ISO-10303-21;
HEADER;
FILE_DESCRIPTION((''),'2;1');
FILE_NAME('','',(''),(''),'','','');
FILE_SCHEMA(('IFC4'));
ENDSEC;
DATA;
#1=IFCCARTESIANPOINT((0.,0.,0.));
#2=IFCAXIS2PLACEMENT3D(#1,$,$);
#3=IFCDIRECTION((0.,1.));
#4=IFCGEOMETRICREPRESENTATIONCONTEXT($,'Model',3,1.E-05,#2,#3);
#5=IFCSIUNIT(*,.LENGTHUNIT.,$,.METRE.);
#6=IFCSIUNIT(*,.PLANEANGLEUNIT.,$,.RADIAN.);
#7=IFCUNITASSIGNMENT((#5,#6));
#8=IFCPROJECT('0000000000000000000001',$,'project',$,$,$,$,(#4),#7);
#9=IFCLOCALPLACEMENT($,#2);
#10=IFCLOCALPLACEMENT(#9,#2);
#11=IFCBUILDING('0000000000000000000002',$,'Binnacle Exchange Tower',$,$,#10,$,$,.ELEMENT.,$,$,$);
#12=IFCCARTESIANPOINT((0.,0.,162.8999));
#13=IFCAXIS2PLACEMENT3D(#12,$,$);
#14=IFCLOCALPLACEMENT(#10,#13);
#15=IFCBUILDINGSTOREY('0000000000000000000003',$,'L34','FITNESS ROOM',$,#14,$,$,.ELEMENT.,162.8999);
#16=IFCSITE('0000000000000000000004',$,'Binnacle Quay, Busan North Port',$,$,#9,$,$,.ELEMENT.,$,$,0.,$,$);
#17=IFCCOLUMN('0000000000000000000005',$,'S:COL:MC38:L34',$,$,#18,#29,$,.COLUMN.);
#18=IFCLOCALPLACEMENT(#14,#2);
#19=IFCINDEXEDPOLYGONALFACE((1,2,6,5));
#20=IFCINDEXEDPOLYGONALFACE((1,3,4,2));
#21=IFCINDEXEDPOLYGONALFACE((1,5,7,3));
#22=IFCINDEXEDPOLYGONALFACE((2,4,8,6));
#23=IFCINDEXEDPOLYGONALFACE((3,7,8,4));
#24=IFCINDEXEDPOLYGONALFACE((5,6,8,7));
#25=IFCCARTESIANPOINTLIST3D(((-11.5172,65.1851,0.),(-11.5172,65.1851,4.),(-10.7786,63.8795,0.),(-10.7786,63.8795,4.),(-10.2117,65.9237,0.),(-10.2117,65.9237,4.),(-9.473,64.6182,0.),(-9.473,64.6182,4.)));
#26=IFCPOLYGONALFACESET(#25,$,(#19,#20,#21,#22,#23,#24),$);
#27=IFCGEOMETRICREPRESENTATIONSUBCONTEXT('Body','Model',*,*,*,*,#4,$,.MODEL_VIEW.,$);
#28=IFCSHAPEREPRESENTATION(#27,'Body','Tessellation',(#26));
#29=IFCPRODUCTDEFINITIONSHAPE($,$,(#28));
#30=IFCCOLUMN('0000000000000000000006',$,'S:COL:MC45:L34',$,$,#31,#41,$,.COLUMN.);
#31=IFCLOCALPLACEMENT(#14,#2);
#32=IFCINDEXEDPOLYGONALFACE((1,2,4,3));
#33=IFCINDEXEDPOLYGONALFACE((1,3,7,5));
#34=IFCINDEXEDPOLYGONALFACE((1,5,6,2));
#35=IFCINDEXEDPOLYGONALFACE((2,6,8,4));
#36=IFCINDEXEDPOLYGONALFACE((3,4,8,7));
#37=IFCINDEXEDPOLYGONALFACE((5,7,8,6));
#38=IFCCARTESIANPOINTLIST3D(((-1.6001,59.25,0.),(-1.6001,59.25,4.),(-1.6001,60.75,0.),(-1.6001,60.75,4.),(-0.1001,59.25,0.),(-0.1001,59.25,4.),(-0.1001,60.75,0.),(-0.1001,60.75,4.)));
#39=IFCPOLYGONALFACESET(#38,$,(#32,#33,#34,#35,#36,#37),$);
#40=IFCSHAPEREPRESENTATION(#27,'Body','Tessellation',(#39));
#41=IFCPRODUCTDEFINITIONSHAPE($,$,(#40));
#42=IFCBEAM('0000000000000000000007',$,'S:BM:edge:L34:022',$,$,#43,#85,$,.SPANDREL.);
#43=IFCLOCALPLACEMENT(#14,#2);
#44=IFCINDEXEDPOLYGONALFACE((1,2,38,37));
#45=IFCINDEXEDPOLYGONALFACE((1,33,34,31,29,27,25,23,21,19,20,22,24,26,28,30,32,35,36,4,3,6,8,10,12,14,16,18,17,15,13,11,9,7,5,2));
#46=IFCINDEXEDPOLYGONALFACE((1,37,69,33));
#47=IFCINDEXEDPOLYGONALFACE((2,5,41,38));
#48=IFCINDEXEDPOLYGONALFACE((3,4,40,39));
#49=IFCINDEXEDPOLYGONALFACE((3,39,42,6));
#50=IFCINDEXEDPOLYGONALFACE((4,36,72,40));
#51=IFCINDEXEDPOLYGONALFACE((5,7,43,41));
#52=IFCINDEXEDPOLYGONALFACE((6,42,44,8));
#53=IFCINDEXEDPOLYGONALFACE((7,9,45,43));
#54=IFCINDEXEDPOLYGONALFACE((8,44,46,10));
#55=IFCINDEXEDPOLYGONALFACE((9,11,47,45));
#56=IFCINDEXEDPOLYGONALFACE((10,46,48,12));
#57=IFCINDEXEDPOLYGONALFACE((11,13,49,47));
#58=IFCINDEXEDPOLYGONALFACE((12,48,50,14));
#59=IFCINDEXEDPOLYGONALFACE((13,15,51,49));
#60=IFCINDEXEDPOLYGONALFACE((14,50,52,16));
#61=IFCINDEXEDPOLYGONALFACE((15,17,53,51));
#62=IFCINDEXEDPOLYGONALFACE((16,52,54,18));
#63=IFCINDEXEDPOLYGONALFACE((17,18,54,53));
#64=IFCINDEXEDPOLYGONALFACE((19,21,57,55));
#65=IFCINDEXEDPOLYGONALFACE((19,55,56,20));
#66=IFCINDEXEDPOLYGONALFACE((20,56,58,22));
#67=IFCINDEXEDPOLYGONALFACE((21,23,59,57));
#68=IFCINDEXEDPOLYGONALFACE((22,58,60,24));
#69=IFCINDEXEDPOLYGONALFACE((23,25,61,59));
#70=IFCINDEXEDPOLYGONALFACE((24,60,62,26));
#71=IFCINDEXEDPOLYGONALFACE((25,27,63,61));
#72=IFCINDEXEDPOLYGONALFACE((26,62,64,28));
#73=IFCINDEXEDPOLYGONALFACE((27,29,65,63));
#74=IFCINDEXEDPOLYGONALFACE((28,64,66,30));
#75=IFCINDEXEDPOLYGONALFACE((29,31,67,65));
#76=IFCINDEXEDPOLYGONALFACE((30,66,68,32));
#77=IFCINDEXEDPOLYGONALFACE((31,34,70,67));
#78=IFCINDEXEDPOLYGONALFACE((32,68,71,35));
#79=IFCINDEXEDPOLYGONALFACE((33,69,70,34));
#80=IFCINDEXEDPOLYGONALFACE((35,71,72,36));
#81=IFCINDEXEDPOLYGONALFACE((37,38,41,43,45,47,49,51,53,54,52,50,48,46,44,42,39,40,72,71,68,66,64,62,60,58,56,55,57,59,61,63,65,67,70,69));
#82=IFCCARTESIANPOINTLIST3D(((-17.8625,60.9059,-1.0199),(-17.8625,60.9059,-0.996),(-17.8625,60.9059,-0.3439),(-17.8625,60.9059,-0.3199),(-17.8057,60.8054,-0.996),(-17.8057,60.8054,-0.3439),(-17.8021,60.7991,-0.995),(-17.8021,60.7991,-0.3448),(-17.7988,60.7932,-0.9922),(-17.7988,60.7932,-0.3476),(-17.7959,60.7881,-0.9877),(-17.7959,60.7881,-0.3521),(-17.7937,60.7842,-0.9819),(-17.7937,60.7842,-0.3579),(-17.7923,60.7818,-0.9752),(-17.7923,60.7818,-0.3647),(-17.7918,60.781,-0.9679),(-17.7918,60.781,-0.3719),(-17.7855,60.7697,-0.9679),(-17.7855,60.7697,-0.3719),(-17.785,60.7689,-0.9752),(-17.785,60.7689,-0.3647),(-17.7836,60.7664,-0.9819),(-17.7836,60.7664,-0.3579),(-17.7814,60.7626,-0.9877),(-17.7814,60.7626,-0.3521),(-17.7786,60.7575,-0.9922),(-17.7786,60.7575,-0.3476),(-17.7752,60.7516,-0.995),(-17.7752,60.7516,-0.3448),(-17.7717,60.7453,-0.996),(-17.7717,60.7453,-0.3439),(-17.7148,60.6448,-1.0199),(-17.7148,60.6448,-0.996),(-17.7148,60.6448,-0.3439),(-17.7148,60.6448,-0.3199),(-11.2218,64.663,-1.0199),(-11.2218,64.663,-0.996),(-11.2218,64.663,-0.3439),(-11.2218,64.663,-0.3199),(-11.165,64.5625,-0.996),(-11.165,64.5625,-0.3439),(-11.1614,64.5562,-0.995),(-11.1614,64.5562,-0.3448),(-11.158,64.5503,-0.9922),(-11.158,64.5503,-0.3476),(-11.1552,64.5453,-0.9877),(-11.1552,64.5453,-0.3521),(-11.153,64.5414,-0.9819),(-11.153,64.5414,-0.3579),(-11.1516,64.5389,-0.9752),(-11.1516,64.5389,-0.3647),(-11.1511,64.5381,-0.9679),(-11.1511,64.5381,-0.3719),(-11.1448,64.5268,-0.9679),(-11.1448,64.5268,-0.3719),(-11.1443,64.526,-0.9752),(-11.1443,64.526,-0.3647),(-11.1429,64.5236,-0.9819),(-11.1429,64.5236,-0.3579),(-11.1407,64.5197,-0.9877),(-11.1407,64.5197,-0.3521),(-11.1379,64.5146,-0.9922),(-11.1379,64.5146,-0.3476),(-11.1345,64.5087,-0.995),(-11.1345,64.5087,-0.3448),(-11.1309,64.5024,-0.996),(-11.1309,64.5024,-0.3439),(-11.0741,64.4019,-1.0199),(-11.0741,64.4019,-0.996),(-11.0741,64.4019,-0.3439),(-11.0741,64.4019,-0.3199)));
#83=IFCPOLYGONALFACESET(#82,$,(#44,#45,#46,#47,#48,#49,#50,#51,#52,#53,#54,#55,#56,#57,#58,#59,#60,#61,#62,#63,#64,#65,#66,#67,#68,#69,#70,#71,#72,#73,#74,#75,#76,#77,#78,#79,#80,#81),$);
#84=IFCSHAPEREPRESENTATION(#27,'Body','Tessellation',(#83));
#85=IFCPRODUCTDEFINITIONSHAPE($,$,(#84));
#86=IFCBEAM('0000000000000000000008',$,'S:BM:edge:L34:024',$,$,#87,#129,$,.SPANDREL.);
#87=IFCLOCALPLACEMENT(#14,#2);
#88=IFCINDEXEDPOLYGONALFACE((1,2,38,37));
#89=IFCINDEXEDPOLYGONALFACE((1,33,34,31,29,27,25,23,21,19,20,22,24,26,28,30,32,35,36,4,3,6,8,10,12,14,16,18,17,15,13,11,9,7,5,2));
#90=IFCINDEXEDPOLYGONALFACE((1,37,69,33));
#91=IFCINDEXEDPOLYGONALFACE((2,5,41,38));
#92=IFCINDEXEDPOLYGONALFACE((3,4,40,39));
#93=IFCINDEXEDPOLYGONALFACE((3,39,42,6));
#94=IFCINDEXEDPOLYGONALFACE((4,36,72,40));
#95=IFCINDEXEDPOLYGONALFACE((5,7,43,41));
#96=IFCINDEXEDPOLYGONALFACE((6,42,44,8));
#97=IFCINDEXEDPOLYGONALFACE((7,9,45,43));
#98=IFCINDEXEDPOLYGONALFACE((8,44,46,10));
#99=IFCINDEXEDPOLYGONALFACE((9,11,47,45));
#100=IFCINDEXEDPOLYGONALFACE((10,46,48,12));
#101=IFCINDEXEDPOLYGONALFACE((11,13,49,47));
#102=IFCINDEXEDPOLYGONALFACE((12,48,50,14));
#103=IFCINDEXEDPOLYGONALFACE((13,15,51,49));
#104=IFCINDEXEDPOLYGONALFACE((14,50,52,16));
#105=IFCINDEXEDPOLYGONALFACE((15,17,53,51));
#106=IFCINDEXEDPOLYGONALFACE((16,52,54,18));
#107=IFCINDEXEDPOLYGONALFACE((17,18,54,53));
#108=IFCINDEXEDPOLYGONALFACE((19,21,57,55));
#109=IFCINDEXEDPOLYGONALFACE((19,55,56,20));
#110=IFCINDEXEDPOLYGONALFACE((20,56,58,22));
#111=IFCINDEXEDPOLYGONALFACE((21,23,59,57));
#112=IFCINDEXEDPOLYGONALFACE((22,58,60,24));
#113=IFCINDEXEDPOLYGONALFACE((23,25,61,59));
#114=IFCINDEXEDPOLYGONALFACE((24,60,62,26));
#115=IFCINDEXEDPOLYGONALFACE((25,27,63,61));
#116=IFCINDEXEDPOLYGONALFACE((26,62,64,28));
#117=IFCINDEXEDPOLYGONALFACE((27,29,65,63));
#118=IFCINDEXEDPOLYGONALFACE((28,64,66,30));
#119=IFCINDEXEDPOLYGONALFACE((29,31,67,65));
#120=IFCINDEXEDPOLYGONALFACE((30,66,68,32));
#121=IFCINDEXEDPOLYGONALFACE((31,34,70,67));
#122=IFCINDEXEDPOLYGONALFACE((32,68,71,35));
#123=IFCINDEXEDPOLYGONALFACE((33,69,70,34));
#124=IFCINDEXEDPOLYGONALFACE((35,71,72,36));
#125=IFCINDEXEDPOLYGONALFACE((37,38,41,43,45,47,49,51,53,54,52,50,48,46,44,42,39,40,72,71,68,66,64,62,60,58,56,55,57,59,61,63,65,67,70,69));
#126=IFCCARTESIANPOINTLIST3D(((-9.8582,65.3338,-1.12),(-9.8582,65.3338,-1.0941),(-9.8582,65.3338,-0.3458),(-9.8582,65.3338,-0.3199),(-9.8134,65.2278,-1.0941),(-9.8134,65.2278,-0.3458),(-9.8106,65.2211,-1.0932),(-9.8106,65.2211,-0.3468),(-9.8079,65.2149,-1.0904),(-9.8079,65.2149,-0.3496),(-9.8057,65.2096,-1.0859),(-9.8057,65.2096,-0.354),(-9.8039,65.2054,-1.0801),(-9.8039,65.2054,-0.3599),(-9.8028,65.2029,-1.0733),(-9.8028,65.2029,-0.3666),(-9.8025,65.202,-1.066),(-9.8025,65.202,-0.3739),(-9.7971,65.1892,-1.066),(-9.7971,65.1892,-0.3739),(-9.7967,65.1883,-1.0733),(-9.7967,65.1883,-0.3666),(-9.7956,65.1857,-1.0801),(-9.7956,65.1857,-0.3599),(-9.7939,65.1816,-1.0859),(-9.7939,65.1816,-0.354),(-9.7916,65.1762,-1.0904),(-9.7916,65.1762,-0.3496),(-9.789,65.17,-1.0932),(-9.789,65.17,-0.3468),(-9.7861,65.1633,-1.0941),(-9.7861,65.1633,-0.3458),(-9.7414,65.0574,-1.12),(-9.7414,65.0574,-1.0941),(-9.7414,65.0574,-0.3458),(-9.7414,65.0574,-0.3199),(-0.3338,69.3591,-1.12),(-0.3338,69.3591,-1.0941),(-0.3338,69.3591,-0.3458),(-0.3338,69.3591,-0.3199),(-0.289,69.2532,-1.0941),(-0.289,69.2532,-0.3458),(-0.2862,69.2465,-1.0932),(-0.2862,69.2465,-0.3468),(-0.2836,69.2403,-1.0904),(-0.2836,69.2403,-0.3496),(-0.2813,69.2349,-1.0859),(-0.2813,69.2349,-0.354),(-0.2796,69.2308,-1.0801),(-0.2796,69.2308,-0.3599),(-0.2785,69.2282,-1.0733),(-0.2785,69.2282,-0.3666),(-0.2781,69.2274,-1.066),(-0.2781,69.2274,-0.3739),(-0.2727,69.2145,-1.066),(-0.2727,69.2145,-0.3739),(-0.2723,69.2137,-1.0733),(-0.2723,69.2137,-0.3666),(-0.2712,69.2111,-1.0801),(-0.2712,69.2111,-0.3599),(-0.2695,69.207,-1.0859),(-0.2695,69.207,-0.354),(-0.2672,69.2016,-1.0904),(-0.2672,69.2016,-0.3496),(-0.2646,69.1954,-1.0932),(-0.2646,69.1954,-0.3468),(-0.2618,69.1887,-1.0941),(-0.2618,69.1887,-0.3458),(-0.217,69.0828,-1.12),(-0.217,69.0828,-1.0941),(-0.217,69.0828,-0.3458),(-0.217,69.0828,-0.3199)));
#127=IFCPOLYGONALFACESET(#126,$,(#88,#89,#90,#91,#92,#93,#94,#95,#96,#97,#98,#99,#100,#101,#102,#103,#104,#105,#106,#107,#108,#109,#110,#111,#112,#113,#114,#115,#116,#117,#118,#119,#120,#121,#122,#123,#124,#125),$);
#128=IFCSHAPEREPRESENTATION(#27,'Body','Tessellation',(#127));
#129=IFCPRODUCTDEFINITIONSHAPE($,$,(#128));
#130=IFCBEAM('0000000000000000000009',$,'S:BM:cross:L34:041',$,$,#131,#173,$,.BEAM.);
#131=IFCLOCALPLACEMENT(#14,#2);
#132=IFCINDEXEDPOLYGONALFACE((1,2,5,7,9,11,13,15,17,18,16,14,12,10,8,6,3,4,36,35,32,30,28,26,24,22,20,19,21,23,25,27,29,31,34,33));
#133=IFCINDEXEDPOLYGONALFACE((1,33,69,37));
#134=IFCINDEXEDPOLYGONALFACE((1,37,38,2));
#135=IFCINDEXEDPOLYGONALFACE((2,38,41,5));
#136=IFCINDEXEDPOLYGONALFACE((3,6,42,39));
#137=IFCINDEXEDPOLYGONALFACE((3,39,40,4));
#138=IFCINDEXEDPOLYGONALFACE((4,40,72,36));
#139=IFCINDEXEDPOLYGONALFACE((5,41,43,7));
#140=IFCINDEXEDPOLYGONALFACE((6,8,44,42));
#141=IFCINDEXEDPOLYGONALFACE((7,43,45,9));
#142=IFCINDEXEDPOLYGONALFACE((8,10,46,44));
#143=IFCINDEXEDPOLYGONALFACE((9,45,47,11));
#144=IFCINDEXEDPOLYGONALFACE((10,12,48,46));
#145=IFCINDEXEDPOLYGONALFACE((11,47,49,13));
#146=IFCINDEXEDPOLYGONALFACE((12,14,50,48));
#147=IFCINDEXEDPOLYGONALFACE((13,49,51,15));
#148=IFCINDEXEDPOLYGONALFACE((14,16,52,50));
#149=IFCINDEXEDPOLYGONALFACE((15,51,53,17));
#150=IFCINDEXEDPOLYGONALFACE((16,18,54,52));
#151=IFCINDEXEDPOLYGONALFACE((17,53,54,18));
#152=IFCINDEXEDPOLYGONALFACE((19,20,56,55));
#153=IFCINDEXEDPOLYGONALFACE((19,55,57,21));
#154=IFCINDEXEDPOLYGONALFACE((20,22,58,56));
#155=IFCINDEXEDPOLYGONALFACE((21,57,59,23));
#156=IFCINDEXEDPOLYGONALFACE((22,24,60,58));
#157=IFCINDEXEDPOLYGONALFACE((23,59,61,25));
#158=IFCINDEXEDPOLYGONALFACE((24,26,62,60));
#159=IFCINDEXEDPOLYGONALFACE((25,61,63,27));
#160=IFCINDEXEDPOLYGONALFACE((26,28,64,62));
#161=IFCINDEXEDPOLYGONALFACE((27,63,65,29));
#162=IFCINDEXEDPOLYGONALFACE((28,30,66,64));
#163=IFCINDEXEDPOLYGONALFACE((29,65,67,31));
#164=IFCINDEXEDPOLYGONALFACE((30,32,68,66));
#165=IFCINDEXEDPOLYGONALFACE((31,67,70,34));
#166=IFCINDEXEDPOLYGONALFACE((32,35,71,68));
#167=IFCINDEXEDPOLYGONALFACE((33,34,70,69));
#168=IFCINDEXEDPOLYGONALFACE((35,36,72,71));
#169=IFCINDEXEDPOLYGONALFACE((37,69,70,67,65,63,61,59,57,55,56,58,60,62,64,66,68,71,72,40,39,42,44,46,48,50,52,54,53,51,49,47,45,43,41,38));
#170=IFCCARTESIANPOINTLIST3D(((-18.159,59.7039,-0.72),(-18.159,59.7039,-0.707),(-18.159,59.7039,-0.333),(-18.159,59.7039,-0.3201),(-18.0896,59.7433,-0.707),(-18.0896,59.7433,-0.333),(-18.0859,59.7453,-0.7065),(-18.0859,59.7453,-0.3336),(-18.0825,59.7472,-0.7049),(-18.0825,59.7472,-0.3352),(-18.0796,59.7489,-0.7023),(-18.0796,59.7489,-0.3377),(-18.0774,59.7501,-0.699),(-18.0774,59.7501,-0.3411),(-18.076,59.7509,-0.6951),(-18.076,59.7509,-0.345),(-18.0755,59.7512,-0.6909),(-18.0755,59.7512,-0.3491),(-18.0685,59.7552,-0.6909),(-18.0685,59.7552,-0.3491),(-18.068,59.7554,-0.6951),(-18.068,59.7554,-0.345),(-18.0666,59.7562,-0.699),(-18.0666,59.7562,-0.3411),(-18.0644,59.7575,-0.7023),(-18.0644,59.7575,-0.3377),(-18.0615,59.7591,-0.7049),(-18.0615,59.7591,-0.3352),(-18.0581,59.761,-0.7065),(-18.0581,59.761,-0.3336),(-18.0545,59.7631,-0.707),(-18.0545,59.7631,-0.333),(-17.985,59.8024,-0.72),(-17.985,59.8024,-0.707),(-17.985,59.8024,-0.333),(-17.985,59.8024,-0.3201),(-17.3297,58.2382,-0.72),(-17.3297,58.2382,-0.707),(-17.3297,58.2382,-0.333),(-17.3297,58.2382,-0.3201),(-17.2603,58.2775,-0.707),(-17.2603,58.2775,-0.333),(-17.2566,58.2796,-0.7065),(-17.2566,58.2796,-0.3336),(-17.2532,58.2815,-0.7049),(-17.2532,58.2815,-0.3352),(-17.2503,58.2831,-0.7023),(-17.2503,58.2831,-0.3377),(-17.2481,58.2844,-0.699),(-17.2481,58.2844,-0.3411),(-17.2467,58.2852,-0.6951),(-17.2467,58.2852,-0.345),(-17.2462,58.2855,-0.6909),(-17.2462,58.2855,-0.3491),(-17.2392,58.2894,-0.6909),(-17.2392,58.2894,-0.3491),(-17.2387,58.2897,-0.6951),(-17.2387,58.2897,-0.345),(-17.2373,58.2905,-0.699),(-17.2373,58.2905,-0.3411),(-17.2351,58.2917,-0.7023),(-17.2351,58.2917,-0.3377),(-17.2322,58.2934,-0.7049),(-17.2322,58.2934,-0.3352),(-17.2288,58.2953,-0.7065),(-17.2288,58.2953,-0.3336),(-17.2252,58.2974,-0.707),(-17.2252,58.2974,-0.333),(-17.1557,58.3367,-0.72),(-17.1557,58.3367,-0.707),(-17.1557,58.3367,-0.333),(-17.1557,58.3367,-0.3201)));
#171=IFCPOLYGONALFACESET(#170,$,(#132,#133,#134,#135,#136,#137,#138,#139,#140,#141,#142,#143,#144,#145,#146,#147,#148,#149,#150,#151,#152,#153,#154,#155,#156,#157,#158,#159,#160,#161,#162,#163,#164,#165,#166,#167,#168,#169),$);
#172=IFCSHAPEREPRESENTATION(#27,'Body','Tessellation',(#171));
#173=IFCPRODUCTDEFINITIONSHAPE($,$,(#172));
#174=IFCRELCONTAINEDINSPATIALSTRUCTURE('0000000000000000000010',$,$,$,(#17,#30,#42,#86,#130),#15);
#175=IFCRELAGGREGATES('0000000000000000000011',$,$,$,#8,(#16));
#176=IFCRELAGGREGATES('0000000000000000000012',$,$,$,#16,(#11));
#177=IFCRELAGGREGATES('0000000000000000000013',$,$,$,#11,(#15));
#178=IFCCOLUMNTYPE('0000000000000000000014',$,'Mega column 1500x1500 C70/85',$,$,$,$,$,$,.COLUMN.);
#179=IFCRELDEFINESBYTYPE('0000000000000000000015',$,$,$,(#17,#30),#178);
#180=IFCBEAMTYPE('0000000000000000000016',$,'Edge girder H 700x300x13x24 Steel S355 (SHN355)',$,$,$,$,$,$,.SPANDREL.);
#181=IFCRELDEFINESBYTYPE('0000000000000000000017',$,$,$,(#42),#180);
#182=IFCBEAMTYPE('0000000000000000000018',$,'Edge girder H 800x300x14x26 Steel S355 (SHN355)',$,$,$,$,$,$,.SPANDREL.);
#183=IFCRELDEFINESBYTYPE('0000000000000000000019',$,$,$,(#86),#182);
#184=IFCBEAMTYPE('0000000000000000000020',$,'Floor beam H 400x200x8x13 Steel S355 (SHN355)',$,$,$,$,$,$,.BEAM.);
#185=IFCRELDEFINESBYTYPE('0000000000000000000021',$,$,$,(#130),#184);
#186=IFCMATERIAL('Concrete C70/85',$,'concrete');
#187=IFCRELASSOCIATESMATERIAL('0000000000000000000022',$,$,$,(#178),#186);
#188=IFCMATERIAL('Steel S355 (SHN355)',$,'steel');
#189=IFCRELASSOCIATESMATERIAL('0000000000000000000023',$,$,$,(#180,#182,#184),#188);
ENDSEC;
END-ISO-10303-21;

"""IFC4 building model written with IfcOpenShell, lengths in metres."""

from ifc_helpers import new_model, si_unit, direction, frame, origin, origin_2d, place, context, subcontext, project, spatial, rectangle, i_section, extrude, material, material_profile, profile_set, type_object, element, save


model = new_model("IFC4")

# Units and contexts
model_context = context("Model", 3, precision=1e-05, world=origin(), true_north=direction((0.0, 1.0)))
body_context = subcontext(model_context, "Body", "Model", "MODEL_VIEW")
ifc_project = project(units=[si_unit("LENGTHUNIT", "METRE"), si_unit("PLANEANGLEUNIT", "RADIAN")], contexts=[model_context])

# Site, building, storey
site_placement = place(None, origin())
site = spatial("IfcSite", under=ifc_project, at=site_placement, Name="Binnacle Quay, Busan North Port", CompositionType="ELEMENT", RefElevation=0.0)
building_placement = place(site_placement, origin())
building = spatial("IfcBuilding", under=site, at=building_placement, Name="Binnacle Exchange Tower", CompositionType="ELEMENT")
storey_placement = place(building_placement, frame((0.0, 0.0, 162.8999)))
storey = spatial("IfcBuildingStorey", under=building, at=storey_placement, Name="L34", Description="FITNESS ROOM", CompositionType="ELEMENT", Elevation=162.8999)

# Columns
ifc_material_1 = material(Name="Concrete C70/85", Category="concrete")
ifc_material_profile_1 = material_profile(ifc_material_1, rectangle(XDim=1.5, YDim=1.5, at=origin_2d()), Name="Mega column 1500x1500 C70/85")
ifc_profile_set_1 = profile_set([ifc_material_profile_1], Name="Concrete C70/85")
column_type = type_object("IfcColumnType", Name="Mega column 1500x1500 C70/85", PredefinedType="COLUMN", material=ifc_profile_set_1)
for number, where, z_axis, x_axis, name in (
    (1, (-10.4951, 64.9016, 0.0), (0.0, 0.0, 1.0), (-0.870356, -0.492424, 0.0), "S:COL:MC38:L34"),
    (2, (-0.8501, 60.0, 0.0), (0.0, 0.0, 1.0), (0.0, 1.0, 0.0), "S:COL:MC45:L34"),
):
    element("IfcColumn", number, at=place(storey_placement, frame(where, z_axis=z_axis, x_axis=x_axis)), inside=storey, type_object=column_type, Name=name, PredefinedType="COLUMN", context=body_context, shape_type="SweptSolid", body=[
        extrude(rectangle(XDim=1.5, YDim=1.5, at=origin_2d()), origin(), (0.0, 0.0, 1.0), 4.0),
    ])

# Beams
ifc_material_2 = material(Name="Steel S355 (SHN355)", Category="steel")
ifc_material_profile_2 = material_profile(ifc_material_2, i_section(OverallWidth=0.3, OverallDepth=0.7, WebThickness=0.0129, FlangeThickness=0.0239, FilletRadius=0.0281, at=origin_2d()), Name="H 700x300x13x24")
ifc_profile_set_2 = profile_set([ifc_material_profile_2], Name="Steel S355 (SHN355)")
beam_type_1 = type_object("IfcBeamType", Name="Edge girder H 700x300x13x24 Steel S355 (SHN355)", PredefinedType="SPANDREL", material=ifc_profile_set_2)
beam_1_placement = place(storey_placement, frame((-11.1479, 64.5325, -0.6699), z_axis=(-0.870356, -0.492423, 0.0), x_axis=(0.492423, -0.870356, 0.0)))
element("IfcBeam", 3, at=beam_1_placement, inside=storey, type_object=beam_type_1, Name="S:BM:edge:L34:022", PredefinedType="SPANDREL", context=body_context, shape_type="SweptSolid", body=[
    extrude(i_section(OverallWidth=0.3, OverallDepth=0.7, WebThickness=0.0129, FlangeThickness=0.0239, FilletRadius=0.0281, at=origin_2d()), origin(), (0.0, 0.0, 1.0), 7.6299),
])
ifc_material_profile_3 = material_profile(ifc_material_2, i_section(OverallWidth=0.3, OverallDepth=0.8, WebThickness=0.0139, FlangeThickness=0.0259, FilletRadius=0.0281, at=origin_2d()), Name="H 800x300x14x26")
ifc_profile_set_3 = profile_set([ifc_material_profile_3], Name="Steel S355 (SHN355)")
beam_type_2 = type_object("IfcBeamType", Name="Edge girder H 800x300x14x26 Steel S355 (SHN355)", PredefinedType="SPANDREL", material=ifc_profile_set_3)
beam_2_placement = place(storey_placement, frame((-0.2754, 69.2209, -0.72), z_axis=(-0.921112, -0.389298, 0.0), x_axis=(0.389298, -0.921112, 0.0)))
element("IfcBeam", 4, at=beam_2_placement, inside=storey, type_object=beam_type_2, Name="S:BM:edge:L34:024", PredefinedType="SPANDREL", context=body_context, shape_type="SweptSolid", body=[
    extrude(i_section(OverallWidth=0.3, OverallDepth=0.8, WebThickness=0.0139, FlangeThickness=0.0259, FilletRadius=0.0281, at=origin_2d()), origin(), (0.0, 0.0, 1.0), 10.3401),
])
ifc_material_profile_4 = material_profile(ifc_material_2, i_section(OverallWidth=0.2, OverallDepth=0.3999, WebThickness=0.0081, FlangeThickness=0.0129, FilletRadius=0.0161, at=origin_2d()), Name="H 400x200x8x13")
ifc_profile_set_4 = profile_set([ifc_material_profile_4], Name="Steel S355 (SHN355)")
beam_type_3 = type_object("IfcBeamType", Name="Floor beam H 400x200x8x13 Steel S355 (SHN355)", PredefinedType="BEAM", material=ifc_profile_set_4)
beam_3_placement = place(storey_placement, frame((-18.072, 59.7532, -0.52), z_axis=(0.492435, -0.870349, 0.0), x_axis=(0.870349, 0.492435, 0.0)))
element("IfcBeam", 5, at=beam_3_placement, inside=storey, type_object=beam_type_3, Name="S:BM:cross:L34:041", PredefinedType="BEAM", context=body_context, shape_type="SweptSolid", body=[
    extrude(i_section(OverallWidth=0.2, OverallDepth=0.3999, WebThickness=0.0081, FlangeThickness=0.0129, FilletRadius=0.0161, at=origin_2d()), origin(), (0.0, 0.0, 1.0), 1.6841),
])

save(model, "model.ifc")
